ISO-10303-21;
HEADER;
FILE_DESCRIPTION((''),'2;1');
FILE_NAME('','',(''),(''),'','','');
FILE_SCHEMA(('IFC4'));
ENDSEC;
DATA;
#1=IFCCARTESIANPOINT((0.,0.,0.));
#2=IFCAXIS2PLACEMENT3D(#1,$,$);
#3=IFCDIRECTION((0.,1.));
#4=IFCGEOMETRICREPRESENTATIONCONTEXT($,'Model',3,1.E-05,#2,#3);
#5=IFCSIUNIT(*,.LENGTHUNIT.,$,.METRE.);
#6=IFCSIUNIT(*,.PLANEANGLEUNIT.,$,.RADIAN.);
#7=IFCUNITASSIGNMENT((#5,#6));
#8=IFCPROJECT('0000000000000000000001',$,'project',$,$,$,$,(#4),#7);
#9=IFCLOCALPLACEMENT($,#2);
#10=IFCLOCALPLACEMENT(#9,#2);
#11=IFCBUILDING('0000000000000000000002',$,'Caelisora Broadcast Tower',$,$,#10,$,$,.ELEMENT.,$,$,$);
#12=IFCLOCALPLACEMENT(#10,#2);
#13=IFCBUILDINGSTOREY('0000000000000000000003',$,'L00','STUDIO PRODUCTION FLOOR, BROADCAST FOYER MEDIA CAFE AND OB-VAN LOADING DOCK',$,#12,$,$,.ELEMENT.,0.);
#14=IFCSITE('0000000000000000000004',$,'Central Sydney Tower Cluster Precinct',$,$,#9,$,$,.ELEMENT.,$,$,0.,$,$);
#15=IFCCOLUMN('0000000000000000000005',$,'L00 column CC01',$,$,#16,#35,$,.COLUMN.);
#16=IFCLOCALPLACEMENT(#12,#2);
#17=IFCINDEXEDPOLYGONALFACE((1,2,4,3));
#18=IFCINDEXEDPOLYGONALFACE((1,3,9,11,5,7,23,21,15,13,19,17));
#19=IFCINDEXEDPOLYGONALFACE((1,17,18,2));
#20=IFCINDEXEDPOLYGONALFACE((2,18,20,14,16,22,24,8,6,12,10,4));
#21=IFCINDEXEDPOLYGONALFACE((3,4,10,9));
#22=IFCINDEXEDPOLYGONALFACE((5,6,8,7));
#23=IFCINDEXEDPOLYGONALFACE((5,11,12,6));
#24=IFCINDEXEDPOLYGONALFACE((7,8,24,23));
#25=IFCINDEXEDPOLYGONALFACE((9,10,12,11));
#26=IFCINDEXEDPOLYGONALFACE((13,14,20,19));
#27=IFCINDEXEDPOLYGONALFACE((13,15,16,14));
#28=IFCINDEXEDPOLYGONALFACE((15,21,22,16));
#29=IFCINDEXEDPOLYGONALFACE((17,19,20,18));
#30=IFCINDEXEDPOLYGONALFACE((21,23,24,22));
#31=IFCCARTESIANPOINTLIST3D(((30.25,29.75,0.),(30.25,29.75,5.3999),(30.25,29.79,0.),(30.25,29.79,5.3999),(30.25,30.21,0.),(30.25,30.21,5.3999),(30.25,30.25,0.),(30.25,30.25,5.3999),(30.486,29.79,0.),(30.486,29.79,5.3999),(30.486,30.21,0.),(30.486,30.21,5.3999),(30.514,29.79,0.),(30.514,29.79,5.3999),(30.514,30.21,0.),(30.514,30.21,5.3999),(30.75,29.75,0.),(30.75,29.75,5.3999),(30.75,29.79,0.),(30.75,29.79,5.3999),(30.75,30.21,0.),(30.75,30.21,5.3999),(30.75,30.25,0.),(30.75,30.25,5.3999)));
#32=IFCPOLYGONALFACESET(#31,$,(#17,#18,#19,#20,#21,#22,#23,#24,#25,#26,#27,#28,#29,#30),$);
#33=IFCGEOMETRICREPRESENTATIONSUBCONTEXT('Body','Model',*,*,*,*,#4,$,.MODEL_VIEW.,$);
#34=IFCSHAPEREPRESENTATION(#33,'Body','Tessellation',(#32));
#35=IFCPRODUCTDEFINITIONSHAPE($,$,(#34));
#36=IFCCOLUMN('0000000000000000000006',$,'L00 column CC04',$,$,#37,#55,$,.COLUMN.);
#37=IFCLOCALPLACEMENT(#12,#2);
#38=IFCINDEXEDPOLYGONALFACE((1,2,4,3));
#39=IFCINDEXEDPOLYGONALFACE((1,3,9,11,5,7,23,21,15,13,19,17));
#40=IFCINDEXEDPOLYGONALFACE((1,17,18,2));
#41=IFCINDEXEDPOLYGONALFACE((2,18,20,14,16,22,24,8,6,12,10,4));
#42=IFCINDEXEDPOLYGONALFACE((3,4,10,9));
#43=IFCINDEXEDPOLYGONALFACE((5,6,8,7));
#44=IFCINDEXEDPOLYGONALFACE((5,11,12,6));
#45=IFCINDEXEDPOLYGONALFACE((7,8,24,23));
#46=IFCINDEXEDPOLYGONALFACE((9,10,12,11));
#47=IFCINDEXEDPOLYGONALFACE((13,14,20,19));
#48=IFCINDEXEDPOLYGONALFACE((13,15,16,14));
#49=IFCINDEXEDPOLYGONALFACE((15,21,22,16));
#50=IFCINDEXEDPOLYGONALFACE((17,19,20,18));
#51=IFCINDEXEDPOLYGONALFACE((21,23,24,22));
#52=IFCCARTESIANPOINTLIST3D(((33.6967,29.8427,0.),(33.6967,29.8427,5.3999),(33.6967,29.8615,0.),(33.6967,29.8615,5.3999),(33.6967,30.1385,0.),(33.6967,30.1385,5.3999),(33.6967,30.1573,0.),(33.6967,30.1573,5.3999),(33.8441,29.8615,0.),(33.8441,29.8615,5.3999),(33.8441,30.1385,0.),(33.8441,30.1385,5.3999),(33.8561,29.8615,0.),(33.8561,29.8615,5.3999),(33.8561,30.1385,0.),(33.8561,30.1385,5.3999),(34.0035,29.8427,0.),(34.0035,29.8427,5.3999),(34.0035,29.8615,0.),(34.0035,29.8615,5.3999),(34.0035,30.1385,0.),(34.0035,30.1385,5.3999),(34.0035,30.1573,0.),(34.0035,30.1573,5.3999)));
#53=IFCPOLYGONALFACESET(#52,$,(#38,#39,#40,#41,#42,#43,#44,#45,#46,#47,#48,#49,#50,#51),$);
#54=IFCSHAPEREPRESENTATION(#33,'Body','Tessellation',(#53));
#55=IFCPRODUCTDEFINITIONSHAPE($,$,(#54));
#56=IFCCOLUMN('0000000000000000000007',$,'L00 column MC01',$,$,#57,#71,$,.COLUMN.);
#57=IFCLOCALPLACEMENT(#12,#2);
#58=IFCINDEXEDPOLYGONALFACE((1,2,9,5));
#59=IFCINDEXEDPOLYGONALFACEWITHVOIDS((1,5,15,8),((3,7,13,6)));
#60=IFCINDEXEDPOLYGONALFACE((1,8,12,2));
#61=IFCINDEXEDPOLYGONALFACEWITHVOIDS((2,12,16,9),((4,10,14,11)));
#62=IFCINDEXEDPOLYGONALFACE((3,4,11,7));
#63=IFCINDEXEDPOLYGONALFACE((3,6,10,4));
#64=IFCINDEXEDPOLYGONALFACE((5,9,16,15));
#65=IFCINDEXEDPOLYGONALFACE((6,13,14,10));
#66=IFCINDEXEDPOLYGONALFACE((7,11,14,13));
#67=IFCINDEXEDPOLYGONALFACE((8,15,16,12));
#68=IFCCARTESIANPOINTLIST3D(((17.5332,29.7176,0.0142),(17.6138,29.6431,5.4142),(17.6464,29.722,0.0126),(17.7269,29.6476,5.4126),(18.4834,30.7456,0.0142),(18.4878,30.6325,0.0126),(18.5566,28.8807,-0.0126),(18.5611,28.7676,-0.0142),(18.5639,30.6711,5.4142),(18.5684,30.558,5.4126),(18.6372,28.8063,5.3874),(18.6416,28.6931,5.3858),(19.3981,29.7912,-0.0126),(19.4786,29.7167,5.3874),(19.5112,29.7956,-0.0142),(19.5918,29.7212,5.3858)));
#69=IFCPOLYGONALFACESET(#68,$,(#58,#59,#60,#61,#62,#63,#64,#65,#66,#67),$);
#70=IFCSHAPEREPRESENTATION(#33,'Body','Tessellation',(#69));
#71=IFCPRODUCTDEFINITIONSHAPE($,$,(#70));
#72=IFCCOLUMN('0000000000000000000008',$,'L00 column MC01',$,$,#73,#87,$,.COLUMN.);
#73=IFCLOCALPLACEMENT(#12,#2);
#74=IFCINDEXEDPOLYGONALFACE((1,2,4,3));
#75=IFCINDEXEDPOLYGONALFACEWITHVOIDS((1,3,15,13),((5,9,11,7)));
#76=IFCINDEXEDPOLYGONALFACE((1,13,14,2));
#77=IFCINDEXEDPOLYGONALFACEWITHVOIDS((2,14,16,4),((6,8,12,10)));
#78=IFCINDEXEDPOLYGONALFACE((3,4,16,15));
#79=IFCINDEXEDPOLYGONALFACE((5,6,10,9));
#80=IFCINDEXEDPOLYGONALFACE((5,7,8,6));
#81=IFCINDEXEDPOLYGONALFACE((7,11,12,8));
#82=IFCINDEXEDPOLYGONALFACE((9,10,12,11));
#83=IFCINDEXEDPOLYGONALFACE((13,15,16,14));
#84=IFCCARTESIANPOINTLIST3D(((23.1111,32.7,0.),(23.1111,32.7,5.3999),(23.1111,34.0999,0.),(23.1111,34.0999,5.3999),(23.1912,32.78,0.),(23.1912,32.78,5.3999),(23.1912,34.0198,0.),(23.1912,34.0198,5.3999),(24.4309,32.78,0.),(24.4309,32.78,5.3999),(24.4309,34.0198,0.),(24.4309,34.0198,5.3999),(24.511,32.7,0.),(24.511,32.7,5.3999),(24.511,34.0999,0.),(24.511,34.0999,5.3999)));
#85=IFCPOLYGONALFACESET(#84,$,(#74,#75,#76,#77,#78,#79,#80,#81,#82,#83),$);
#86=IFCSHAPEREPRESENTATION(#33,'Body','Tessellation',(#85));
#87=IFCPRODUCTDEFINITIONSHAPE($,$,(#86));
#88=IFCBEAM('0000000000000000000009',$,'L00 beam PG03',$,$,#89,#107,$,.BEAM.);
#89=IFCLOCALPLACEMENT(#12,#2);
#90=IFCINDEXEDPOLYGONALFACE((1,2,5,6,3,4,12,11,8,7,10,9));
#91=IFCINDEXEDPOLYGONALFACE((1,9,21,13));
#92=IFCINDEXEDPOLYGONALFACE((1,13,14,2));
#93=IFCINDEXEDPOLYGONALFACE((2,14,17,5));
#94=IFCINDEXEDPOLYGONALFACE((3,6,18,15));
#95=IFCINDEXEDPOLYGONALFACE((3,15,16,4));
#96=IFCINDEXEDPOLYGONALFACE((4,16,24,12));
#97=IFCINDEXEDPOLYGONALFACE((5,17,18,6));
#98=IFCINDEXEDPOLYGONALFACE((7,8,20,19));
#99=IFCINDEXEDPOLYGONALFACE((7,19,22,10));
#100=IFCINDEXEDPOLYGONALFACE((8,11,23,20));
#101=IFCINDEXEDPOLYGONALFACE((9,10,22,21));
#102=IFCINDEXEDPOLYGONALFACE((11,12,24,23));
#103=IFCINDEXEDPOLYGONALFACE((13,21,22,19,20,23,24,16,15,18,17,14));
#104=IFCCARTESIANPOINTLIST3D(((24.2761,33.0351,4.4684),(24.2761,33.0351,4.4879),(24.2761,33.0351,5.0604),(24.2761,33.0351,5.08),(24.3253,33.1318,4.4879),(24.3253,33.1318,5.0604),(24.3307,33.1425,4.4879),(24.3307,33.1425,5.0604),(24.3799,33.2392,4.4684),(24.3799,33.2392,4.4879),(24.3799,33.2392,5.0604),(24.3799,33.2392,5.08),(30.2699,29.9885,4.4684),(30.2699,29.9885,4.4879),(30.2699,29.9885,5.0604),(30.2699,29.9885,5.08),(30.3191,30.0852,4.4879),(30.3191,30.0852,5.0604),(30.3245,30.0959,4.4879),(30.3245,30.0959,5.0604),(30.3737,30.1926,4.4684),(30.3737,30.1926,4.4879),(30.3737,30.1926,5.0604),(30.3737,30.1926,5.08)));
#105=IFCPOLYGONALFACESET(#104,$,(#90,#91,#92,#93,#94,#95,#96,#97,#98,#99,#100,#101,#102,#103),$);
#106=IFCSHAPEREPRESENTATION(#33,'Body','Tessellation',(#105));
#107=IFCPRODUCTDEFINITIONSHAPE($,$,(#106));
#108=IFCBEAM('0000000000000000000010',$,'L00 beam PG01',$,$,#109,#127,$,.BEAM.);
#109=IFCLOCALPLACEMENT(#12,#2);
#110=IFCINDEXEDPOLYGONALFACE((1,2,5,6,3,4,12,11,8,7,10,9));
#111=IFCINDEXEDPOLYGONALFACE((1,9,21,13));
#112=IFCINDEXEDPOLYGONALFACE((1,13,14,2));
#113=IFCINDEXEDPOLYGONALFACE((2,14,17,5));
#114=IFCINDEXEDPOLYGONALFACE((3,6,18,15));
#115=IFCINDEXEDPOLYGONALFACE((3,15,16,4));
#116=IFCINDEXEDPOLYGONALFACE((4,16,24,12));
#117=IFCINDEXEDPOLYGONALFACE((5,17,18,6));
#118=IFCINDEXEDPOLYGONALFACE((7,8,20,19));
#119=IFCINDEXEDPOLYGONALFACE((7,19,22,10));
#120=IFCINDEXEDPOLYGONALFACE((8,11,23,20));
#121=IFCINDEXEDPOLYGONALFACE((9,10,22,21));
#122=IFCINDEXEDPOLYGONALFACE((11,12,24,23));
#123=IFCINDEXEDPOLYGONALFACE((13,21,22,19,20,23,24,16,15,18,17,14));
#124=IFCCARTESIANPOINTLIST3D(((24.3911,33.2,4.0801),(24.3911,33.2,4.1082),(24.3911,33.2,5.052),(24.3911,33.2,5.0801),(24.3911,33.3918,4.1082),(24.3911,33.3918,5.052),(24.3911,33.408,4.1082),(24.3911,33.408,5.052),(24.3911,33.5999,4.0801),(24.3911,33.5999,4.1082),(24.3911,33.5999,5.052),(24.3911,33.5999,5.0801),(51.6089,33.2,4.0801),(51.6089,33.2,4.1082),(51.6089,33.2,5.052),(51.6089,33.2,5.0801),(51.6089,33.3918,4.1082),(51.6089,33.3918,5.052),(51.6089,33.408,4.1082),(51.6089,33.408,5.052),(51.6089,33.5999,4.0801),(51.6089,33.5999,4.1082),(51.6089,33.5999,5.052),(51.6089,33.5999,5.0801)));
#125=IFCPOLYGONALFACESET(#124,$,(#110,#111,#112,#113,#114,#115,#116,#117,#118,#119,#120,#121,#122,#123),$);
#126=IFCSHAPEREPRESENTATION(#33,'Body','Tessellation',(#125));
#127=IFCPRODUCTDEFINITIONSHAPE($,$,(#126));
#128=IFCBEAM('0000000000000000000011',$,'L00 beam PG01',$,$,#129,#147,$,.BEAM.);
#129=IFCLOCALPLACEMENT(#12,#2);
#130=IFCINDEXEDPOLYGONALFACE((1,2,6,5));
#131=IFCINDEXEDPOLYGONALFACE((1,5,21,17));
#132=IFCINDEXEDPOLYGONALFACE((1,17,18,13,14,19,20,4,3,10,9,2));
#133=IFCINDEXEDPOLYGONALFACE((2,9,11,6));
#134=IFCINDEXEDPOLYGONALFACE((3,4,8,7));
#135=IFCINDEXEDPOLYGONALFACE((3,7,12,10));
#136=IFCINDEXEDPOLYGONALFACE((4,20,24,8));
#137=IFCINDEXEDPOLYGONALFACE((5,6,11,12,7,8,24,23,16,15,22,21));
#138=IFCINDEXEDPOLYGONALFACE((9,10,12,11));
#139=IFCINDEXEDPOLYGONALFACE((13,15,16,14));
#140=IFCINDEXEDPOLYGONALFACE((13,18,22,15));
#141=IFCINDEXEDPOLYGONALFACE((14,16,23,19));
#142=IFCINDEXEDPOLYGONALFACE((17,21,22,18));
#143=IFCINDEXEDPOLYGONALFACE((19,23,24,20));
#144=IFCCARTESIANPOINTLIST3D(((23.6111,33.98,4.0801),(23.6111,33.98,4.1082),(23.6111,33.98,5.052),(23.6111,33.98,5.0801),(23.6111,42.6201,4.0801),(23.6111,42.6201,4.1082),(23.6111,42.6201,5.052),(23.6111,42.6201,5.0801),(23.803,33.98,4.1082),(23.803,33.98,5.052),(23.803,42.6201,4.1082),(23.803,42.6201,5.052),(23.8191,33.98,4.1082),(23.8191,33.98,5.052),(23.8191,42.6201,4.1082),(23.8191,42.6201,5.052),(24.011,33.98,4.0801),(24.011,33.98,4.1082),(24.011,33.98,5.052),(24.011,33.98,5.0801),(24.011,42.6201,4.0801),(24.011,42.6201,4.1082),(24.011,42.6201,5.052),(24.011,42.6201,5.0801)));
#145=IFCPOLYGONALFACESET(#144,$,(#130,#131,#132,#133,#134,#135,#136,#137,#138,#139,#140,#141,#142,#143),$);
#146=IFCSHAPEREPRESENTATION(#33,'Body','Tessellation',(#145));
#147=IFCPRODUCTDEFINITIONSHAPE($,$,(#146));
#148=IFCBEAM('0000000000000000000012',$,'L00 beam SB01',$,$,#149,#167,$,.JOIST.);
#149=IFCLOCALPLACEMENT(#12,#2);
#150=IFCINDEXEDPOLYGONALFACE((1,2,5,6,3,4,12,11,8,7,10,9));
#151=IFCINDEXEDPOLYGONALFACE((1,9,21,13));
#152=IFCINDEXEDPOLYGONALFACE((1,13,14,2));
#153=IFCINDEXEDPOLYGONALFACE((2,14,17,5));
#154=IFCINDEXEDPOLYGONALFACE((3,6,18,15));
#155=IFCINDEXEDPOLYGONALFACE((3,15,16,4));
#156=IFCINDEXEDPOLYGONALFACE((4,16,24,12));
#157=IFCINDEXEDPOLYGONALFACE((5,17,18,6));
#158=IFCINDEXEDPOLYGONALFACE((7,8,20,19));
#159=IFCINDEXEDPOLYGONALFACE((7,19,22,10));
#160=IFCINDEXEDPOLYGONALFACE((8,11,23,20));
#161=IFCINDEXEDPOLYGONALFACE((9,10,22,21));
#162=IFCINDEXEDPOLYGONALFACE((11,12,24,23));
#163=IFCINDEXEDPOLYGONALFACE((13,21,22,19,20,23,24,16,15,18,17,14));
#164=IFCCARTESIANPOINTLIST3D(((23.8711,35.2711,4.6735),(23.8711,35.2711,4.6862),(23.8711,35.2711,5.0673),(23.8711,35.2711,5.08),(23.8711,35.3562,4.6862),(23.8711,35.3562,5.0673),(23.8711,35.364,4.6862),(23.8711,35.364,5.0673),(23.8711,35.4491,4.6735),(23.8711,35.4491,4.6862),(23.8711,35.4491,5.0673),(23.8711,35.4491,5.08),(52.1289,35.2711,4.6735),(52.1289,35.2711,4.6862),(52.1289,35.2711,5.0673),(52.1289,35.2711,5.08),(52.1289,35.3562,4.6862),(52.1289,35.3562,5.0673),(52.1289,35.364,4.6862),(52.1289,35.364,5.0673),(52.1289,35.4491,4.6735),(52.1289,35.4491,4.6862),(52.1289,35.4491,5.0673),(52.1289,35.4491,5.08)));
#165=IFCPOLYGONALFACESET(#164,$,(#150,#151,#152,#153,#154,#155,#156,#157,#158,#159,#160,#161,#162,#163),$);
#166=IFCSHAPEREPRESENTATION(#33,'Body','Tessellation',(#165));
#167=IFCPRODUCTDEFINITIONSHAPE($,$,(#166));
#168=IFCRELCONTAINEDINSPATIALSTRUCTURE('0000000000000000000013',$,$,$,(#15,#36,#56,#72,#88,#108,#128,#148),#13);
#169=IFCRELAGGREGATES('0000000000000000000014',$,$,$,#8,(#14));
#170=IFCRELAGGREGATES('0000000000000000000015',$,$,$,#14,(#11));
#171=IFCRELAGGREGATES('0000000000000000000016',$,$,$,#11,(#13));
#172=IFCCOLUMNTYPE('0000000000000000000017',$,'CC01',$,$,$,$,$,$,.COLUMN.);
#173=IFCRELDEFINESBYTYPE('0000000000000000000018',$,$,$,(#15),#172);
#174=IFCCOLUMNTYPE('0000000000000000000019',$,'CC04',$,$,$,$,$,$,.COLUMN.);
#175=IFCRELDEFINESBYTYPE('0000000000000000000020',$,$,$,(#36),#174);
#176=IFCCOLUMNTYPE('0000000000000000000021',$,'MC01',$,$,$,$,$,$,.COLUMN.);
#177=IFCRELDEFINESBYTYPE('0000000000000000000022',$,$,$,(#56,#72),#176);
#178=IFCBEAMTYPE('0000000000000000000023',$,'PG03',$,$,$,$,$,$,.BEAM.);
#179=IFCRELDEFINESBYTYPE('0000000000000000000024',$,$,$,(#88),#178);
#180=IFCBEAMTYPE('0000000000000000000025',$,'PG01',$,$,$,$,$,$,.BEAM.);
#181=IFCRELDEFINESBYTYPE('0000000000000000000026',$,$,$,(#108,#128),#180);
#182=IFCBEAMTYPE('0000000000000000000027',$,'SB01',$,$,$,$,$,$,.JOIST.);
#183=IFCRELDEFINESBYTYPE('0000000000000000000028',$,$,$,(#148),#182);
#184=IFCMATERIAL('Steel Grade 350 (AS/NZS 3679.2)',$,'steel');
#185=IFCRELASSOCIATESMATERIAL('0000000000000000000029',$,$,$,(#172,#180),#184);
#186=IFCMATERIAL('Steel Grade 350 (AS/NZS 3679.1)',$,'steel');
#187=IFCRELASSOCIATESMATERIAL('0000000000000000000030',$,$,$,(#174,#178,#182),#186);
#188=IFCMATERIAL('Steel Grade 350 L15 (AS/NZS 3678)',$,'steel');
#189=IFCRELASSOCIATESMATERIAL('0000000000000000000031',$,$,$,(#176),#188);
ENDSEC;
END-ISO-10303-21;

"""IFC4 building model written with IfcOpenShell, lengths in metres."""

from ifc_helpers import new_model, si_unit, direction, frame, origin, origin_2d, place, context, subcontext, project, spatial, hollow_rectangle, i_section, extrude, source, transform, mapped, material, material_profile, profile_set, type_object, type_shapes, element, save


model = new_model("IFC4")

# Units and contexts
model_context = context("Model", 3, precision=1e-05, world=origin(), true_north=direction((0.0, 1.0)))
body_context = subcontext(model_context, "Body", "Model", "MODEL_VIEW")
ifc_project = project(units=[si_unit("LENGTHUNIT", "METRE"), si_unit("PLANEANGLEUNIT", "RADIAN")], contexts=[model_context])

# Site, building, storey
site_placement = place(None, origin())
site = spatial("IfcSite", under=ifc_project, at=site_placement, Name="Central Sydney Tower Cluster Precinct", CompositionType="ELEMENT", RefElevation=0.0)
building_placement = place(site_placement, origin())
building = spatial("IfcBuilding", under=site, at=building_placement, Name="Caelisora Broadcast Tower", CompositionType="ELEMENT")
storey_placement = place(building_placement, origin())
storey = spatial("IfcBuildingStorey", under=building, at=storey_placement, Name="L00", Description="STUDIO PRODUCTION FLOOR, BROADCAST FOYER MEDIA CAFE AND OB-VAN LOADING DOCK", CompositionType="ELEMENT", Elevation=0.0)

# Columns
ifc_material_1 = material(Name="Steel Grade 350 (AS/NZS 3679.2)", Category="steel")
ifc_material_profile_1 = material_profile(ifc_material_1, i_section(OverallWidth=0.5, OverallDepth=0.5, WebThickness=0.0281, FlangeThickness=0.04, at=origin_2d()), Name="Steel Grade 350 (AS/NZS 3679.2)")
ifc_profile_set_1 = profile_set([ifc_material_profile_1], Name="Steel Grade 350 (AS/NZS 3679.2)")
column_type_1 = type_object("IfcColumnType", Name="CC01", PredefinedType="COLUMN", material=ifc_profile_set_1)
shared_shape_1 = source(origin(), body_context, "Body", "SweptSolid", [
    extrude(i_section(OverallWidth=0.5, OverallDepth=0.5, WebThickness=0.0281, FlangeThickness=0.04, at=origin_2d()), origin(), (0.0, 0.0, 1.0), 5.3999),
])
type_shapes(column_type_1, [shared_shape_1])
column_1_placement = place(storey_placement, frame((30.5, 30.0, 0.0), z_axis=(0.0, 0.0, 1.0), x_axis=(1.0, 0.0, 0.0)))
element("IfcColumn", 1, at=column_1_placement, inside=storey, type_object=column_type_1, Name="L00 column CC01", PredefinedType="COLUMN", context=body_context, shape_type="MappedRepresentation", body=[
    mapped(shared_shape_1, transform((0.0, 0.0, 0.0), scale=1.0)),
])
ifc_material_2 = material(Name="Steel Grade 350 (AS/NZS 3679.1)", Category="steel")
ifc_material_profile_2 = material_profile(ifc_material_2, i_section(OverallWidth=0.3069, OverallDepth=0.3147, WebThickness=0.012, FlangeThickness=0.0188, at=origin_2d()), Name="Steel Grade 350 (AS/NZS 3679.1)")
ifc_profile_set_2 = profile_set([ifc_material_profile_2], Name="Steel Grade 350 (AS/NZS 3679.1)")
column_type_2 = type_object("IfcColumnType", Name="CC04", PredefinedType="COLUMN", material=ifc_profile_set_2)
shared_shape_2 = source(origin(), body_context, "Body", "SweptSolid", [
    extrude(i_section(OverallWidth=0.3069, OverallDepth=0.3147, WebThickness=0.012, FlangeThickness=0.0188, at=origin_2d()), origin(), (0.0, 0.0, 1.0), 5.3999),
])
type_shapes(column_type_2, [shared_shape_2])
column_2_placement = place(storey_placement, frame((33.8501, 30.0, 0.0), z_axis=(0.0, 0.0, 1.0), x_axis=(1.0, 0.0, 0.0)))
element("IfcColumn", 2, at=column_2_placement, inside=storey, type_object=column_type_2, Name="L00 column CC04", PredefinedType="COLUMN", context=body_context, shape_type="MappedRepresentation", body=[
    mapped(shared_shape_2, transform((0.0, 0.0, 0.0), scale=1.0)),
])
ifc_material_3 = material(Name="Steel Grade 350 L15 (AS/NZS 3678)", Category="steel")
ifc_material_profile_3 = material_profile(ifc_material_3, hollow_rectangle(XDim=1.3999, YDim=1.3999, WallThickness=0.0801, at=origin_2d()), Name="Steel Grade 350 L15 (AS/NZS 3678)")
ifc_profile_set_3 = profile_set([ifc_material_profile_3], Name="Steel Grade 350 L15 (AS/NZS 3678)")
column_type_3 = type_object("IfcColumnType", Name="MC01", PredefinedType="COLUMN", material=ifc_profile_set_3)
shared_shape_3 = source(origin(), body_context, "Body", "SweptSolid", [
    extrude(hollow_rectangle(XDim=1.3999, YDim=1.3999, WallThickness=0.0801, at=origin_2d()), origin(), (0.0, 0.0, 1.0), 5.4011),
])
column_3_placement = place(storey_placement, frame((18.5222, 29.7566, 0.0), z_axis=(0.014917, -0.013787, 0.999794), x_axis=(0.678742, 0.734377, 0.0)))
element("IfcColumn", 3, at=column_3_placement, inside=storey, type_object=column_type_3, Name="L00 column MC01", PredefinedType="COLUMN", context=body_context, shape_type="MappedRepresentation", body=[
    mapped(shared_shape_3, transform((0.0, 0.0, 0.0), scale=1.0)),
])
shared_shape_4 = source(origin(), body_context, "Body", "SweptSolid", [
    extrude(hollow_rectangle(XDim=1.3999, YDim=1.3999, WallThickness=0.0801, at=origin_2d()), origin(), (0.0, 0.0, 1.0), 5.3999),
])
type_shapes(column_type_3, [shared_shape_3, shared_shape_4])
column_4_placement = place(storey_placement, frame((23.811, 33.3999, 0.0), z_axis=(0.0, 0.0, 1.0), x_axis=(1.0, 0.0, 0.0)))
element("IfcColumn", 4, at=column_4_placement, inside=storey, type_object=column_type_3, Name="L00 column MC01", PredefinedType="COLUMN", context=body_context, shape_type="MappedRepresentation", body=[
    mapped(shared_shape_4, transform((0.0, 0.0, 0.0), scale=1.0)),
])

# Beams
ifc_material_profile_4 = material_profile(ifc_material_2, i_section(OverallWidth=0.229, OverallDepth=0.6116, WebThickness=0.012, FlangeThickness=0.0195, at=origin_2d()), Name="Steel Grade 350 (AS/NZS 3679.1)")
ifc_profile_set_4 = profile_set([ifc_material_profile_4], Name="Steel Grade 350 (AS/NZS 3679.1)")
beam_type_1 = type_object("IfcBeamType", Name="PG03", PredefinedType="BEAM", material=ifc_profile_set_4)
shared_shape_5 = source(origin(), body_context, "Body", "SweptSolid", [
    extrude(i_section(OverallWidth=0.229, OverallDepth=0.6116, WebThickness=0.012, FlangeThickness=0.0195, at=origin_2d()), origin(), (0.0, 0.0, 1.0), 6.7236),
])
beam_1_placement = place(storey_placement, frame((30.3218, 30.0906, 4.7742), z_axis=(-0.891452, 0.453115, 0.0), x_axis=(-0.453115, -0.891452, 0.0)))
element("IfcBeam", 5, at=beam_1_placement, inside=storey, type_object=beam_type_1, Name="L00 beam PG03", PredefinedType="BEAM", context=body_context, shape_type="MappedRepresentation", body=[
    mapped(shared_shape_5, transform((0.0, 0.0, 0.0), scale=1.0)),
])
ifc_material_profile_5 = material_profile(ifc_material_1, i_section(OverallWidth=0.3999, OverallDepth=1.0, WebThickness=0.0161, FlangeThickness=0.0281, at=origin_2d()), Name="Steel Grade 350 (AS/NZS 3679.2)")
ifc_profile_set_5 = profile_set([ifc_material_profile_5], Name="Steel Grade 350 (AS/NZS 3679.2)")
beam_type_2 = type_object("IfcBeamType", Name="PG01", PredefinedType="BEAM", material=ifc_profile_set_5)
shared_shape_6 = source(origin(), body_context, "Body", "SweptSolid", [
    extrude(i_section(OverallWidth=0.3999, OverallDepth=1.0, WebThickness=0.0161, FlangeThickness=0.0281, at=origin_2d()), origin(), (0.0, 0.0, 1.0), 27.2178),
])
beam_2_placement = place(storey_placement, frame((24.3911, 33.3999, 4.5801), z_axis=(1.0, 0.0, 0.0), x_axis=(0.0, 1.0, 0.0)))
element("IfcBeam", 6, at=beam_2_placement, inside=storey, type_object=beam_type_2, Name="L00 beam PG01", PredefinedType="BEAM", context=body_context, shape_type="MappedRepresentation", body=[
    mapped(shared_shape_6, transform((0.0, 0.0, 0.0), scale=1.0)),
])
shared_shape_7 = source(origin(), body_context, "Body", "SweptSolid", [
    extrude(i_section(OverallWidth=0.3999, OverallDepth=1.0, WebThickness=0.0161, FlangeThickness=0.0281, at=origin_2d()), origin(), (0.0, 0.0, 1.0), 8.6401),
])
beam_3_placement = place(storey_placement, frame((23.811, 33.98, 4.5801), z_axis=(0.0, 1.0, 0.0), x_axis=(-1.0, 0.0, 0.0)))
element("IfcBeam", 7, at=beam_3_placement, inside=storey, type_object=beam_type_2, Name="L00 beam PG01", PredefinedType="BEAM", context=body_context, shape_type="MappedRepresentation", body=[
    mapped(shared_shape_7, transform((0.0, 0.0, 0.0), scale=1.0)),
])
ifc_material_profile_6 = material_profile(ifc_material_2, i_section(OverallWidth=0.178, OverallDepth=0.4065, WebThickness=0.0078, FlangeThickness=0.0127, at=origin_2d()), Name="Steel Grade 350 (AS/NZS 3679.1)")
ifc_profile_set_6 = profile_set([ifc_material_profile_6], Name="Steel Grade 350 (AS/NZS 3679.1)")
beam_type_3 = type_object("IfcBeamType", Name="SB01", PredefinedType="JOIST", material=ifc_profile_set_6)
shared_shape_8 = source(origin(), body_context, "Body", "SweptSolid", [
    extrude(i_section(OverallWidth=0.178, OverallDepth=0.4065, WebThickness=0.0078, FlangeThickness=0.0127, at=origin_2d()), origin(), (0.0, 0.0, 1.0), 28.2578),
])
type_shapes(beam_type_3, [shared_shape_8])
for number, where, z_axis, x_axis, name in (
    (8, (23.8711, 35.3601, 4.8767), (1.0, 0.0, 0.0), (0.0, 1.0, 0.0), "L00 beam SB01"),
):
    element("IfcBeam", number, at=place(storey_placement, frame(where, z_axis=z_axis, x_axis=x_axis)), inside=storey, type_object=beam_type_3, Name=name, PredefinedType="JOIST", context=body_context, shape_type="MappedRepresentation", body=[
        mapped(shared_shape_8, transform((0.0, 0.0, 0.0), scale=1.0)),
    ])

save(model, "model.ifc")
